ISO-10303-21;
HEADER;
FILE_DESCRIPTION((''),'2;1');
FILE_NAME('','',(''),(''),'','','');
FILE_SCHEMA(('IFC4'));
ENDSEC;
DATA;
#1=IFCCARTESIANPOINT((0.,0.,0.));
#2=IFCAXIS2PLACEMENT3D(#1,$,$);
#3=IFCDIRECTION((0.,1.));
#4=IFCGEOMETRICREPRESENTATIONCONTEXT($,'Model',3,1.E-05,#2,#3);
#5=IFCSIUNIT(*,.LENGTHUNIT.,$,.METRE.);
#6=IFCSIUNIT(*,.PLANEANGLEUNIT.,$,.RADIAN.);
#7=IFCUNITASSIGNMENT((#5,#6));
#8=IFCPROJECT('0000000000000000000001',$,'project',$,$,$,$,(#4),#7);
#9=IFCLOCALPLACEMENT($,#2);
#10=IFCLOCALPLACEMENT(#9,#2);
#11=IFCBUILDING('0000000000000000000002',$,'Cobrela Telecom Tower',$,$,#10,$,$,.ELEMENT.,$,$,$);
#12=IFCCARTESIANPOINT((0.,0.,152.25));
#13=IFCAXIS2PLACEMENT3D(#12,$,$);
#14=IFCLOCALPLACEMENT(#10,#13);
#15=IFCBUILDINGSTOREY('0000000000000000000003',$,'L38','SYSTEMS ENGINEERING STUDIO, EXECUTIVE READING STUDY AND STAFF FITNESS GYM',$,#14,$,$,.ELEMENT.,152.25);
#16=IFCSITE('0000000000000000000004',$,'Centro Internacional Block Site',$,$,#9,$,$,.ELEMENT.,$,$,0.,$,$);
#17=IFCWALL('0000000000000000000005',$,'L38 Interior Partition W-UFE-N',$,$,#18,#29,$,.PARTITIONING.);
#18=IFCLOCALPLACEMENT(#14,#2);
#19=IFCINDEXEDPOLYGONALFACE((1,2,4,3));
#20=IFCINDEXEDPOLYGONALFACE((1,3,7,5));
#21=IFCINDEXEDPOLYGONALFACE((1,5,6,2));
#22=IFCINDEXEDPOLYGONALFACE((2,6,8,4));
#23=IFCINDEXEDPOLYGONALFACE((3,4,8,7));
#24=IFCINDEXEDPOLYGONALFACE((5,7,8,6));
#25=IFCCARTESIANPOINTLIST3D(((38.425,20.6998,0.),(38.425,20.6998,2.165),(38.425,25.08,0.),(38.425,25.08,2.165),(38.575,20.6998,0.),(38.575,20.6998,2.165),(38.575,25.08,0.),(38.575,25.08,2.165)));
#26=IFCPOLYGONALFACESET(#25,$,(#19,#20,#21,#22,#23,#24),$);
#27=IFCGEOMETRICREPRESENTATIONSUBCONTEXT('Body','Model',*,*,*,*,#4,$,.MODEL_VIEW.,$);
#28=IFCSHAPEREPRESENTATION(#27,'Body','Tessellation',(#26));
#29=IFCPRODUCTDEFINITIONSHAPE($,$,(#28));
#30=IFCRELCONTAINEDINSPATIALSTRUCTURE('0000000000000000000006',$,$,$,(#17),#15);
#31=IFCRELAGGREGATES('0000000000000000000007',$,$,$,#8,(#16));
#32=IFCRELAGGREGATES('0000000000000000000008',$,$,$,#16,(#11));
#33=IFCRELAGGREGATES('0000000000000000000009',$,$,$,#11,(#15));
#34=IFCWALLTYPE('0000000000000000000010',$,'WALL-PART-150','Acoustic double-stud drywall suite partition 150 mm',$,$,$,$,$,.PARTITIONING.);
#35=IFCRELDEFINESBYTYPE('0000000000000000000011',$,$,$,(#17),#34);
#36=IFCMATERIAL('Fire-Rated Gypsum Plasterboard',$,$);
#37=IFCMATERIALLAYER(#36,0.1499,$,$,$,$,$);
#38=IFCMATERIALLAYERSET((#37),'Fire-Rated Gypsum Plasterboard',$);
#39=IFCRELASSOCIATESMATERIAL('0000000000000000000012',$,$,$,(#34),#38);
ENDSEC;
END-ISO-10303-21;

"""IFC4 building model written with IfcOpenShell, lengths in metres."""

from ifc_helpers import new_model, si_unit, direction, frame, frame_2d, origin, place, context, subcontext, project, spatial, rectangle, extrude, material, layer, layer_set, type_object, element, save


model = new_model("IFC4")

# Units and contexts
model_context = context("Model", 3, precision=1e-05, world=origin(), true_north=direction((0.0, 1.0)))
body_context = subcontext(model_context, "Body", "Model", "MODEL_VIEW")
ifc_project = project(units=[si_unit("LENGTHUNIT", "METRE"), si_unit("PLANEANGLEUNIT", "RADIAN")], contexts=[model_context])

# Site, building, storey
site_placement = place(None, origin())
site = spatial("IfcSite", under=ifc_project, at=site_placement, Name="Centro Internacional Block Site", CompositionType="ELEMENT", RefElevation=0.0)
building_placement = place(site_placement, origin())
building = spatial("IfcBuilding", under=site, at=building_placement, Name="Cobrela Telecom Tower", CompositionType="ELEMENT")
storey_placement = place(building_placement, frame((0.0, 0.0, 152.25)))
storey = spatial("IfcBuildingStorey", under=building, at=storey_placement, Name="L38", Description="SYSTEMS ENGINEERING STUDIO, EXECUTIVE READING STUDY AND STAFF FITNESS GYM", CompositionType="ELEMENT", Elevation=152.25)

# Wall
ifc_material_1 = material(Name="Fire-Rated Gypsum Plasterboard")
ifc_layer_1 = layer(ifc_material_1, 0.1499)
ifc_layer_set_1 = layer_set([ifc_layer_1], Name="Fire-Rated Gypsum Plasterboard")
wall_type_1 = type_object("IfcWallType", Name="WALL-PART-150", Description="Acoustic double-stud drywall suite partition 150 mm", PredefinedType="PARTITIONING", material=ifc_layer_set_1)
wall_1_placement = place(storey_placement, frame((38.5, 20.7, 0.0), z_axis=(0.0, 0.0, 1.0), x_axis=(0.0, 1.0, 0.0)))
element("IfcWall", 1, at=wall_1_placement, inside=storey, type_object=wall_type_1, Name="L38 Interior Partition W-UFE-N", PredefinedType="PARTITIONING", context=body_context, shape_type="SweptSolid", body=[
    extrude(rectangle(XDim=4.3801, YDim=0.1499, at=frame_2d((2.1899, 0.0))), origin(), (0.0, 0.0, 1.0), 2.165),
])

save(model, "model.ifc")
